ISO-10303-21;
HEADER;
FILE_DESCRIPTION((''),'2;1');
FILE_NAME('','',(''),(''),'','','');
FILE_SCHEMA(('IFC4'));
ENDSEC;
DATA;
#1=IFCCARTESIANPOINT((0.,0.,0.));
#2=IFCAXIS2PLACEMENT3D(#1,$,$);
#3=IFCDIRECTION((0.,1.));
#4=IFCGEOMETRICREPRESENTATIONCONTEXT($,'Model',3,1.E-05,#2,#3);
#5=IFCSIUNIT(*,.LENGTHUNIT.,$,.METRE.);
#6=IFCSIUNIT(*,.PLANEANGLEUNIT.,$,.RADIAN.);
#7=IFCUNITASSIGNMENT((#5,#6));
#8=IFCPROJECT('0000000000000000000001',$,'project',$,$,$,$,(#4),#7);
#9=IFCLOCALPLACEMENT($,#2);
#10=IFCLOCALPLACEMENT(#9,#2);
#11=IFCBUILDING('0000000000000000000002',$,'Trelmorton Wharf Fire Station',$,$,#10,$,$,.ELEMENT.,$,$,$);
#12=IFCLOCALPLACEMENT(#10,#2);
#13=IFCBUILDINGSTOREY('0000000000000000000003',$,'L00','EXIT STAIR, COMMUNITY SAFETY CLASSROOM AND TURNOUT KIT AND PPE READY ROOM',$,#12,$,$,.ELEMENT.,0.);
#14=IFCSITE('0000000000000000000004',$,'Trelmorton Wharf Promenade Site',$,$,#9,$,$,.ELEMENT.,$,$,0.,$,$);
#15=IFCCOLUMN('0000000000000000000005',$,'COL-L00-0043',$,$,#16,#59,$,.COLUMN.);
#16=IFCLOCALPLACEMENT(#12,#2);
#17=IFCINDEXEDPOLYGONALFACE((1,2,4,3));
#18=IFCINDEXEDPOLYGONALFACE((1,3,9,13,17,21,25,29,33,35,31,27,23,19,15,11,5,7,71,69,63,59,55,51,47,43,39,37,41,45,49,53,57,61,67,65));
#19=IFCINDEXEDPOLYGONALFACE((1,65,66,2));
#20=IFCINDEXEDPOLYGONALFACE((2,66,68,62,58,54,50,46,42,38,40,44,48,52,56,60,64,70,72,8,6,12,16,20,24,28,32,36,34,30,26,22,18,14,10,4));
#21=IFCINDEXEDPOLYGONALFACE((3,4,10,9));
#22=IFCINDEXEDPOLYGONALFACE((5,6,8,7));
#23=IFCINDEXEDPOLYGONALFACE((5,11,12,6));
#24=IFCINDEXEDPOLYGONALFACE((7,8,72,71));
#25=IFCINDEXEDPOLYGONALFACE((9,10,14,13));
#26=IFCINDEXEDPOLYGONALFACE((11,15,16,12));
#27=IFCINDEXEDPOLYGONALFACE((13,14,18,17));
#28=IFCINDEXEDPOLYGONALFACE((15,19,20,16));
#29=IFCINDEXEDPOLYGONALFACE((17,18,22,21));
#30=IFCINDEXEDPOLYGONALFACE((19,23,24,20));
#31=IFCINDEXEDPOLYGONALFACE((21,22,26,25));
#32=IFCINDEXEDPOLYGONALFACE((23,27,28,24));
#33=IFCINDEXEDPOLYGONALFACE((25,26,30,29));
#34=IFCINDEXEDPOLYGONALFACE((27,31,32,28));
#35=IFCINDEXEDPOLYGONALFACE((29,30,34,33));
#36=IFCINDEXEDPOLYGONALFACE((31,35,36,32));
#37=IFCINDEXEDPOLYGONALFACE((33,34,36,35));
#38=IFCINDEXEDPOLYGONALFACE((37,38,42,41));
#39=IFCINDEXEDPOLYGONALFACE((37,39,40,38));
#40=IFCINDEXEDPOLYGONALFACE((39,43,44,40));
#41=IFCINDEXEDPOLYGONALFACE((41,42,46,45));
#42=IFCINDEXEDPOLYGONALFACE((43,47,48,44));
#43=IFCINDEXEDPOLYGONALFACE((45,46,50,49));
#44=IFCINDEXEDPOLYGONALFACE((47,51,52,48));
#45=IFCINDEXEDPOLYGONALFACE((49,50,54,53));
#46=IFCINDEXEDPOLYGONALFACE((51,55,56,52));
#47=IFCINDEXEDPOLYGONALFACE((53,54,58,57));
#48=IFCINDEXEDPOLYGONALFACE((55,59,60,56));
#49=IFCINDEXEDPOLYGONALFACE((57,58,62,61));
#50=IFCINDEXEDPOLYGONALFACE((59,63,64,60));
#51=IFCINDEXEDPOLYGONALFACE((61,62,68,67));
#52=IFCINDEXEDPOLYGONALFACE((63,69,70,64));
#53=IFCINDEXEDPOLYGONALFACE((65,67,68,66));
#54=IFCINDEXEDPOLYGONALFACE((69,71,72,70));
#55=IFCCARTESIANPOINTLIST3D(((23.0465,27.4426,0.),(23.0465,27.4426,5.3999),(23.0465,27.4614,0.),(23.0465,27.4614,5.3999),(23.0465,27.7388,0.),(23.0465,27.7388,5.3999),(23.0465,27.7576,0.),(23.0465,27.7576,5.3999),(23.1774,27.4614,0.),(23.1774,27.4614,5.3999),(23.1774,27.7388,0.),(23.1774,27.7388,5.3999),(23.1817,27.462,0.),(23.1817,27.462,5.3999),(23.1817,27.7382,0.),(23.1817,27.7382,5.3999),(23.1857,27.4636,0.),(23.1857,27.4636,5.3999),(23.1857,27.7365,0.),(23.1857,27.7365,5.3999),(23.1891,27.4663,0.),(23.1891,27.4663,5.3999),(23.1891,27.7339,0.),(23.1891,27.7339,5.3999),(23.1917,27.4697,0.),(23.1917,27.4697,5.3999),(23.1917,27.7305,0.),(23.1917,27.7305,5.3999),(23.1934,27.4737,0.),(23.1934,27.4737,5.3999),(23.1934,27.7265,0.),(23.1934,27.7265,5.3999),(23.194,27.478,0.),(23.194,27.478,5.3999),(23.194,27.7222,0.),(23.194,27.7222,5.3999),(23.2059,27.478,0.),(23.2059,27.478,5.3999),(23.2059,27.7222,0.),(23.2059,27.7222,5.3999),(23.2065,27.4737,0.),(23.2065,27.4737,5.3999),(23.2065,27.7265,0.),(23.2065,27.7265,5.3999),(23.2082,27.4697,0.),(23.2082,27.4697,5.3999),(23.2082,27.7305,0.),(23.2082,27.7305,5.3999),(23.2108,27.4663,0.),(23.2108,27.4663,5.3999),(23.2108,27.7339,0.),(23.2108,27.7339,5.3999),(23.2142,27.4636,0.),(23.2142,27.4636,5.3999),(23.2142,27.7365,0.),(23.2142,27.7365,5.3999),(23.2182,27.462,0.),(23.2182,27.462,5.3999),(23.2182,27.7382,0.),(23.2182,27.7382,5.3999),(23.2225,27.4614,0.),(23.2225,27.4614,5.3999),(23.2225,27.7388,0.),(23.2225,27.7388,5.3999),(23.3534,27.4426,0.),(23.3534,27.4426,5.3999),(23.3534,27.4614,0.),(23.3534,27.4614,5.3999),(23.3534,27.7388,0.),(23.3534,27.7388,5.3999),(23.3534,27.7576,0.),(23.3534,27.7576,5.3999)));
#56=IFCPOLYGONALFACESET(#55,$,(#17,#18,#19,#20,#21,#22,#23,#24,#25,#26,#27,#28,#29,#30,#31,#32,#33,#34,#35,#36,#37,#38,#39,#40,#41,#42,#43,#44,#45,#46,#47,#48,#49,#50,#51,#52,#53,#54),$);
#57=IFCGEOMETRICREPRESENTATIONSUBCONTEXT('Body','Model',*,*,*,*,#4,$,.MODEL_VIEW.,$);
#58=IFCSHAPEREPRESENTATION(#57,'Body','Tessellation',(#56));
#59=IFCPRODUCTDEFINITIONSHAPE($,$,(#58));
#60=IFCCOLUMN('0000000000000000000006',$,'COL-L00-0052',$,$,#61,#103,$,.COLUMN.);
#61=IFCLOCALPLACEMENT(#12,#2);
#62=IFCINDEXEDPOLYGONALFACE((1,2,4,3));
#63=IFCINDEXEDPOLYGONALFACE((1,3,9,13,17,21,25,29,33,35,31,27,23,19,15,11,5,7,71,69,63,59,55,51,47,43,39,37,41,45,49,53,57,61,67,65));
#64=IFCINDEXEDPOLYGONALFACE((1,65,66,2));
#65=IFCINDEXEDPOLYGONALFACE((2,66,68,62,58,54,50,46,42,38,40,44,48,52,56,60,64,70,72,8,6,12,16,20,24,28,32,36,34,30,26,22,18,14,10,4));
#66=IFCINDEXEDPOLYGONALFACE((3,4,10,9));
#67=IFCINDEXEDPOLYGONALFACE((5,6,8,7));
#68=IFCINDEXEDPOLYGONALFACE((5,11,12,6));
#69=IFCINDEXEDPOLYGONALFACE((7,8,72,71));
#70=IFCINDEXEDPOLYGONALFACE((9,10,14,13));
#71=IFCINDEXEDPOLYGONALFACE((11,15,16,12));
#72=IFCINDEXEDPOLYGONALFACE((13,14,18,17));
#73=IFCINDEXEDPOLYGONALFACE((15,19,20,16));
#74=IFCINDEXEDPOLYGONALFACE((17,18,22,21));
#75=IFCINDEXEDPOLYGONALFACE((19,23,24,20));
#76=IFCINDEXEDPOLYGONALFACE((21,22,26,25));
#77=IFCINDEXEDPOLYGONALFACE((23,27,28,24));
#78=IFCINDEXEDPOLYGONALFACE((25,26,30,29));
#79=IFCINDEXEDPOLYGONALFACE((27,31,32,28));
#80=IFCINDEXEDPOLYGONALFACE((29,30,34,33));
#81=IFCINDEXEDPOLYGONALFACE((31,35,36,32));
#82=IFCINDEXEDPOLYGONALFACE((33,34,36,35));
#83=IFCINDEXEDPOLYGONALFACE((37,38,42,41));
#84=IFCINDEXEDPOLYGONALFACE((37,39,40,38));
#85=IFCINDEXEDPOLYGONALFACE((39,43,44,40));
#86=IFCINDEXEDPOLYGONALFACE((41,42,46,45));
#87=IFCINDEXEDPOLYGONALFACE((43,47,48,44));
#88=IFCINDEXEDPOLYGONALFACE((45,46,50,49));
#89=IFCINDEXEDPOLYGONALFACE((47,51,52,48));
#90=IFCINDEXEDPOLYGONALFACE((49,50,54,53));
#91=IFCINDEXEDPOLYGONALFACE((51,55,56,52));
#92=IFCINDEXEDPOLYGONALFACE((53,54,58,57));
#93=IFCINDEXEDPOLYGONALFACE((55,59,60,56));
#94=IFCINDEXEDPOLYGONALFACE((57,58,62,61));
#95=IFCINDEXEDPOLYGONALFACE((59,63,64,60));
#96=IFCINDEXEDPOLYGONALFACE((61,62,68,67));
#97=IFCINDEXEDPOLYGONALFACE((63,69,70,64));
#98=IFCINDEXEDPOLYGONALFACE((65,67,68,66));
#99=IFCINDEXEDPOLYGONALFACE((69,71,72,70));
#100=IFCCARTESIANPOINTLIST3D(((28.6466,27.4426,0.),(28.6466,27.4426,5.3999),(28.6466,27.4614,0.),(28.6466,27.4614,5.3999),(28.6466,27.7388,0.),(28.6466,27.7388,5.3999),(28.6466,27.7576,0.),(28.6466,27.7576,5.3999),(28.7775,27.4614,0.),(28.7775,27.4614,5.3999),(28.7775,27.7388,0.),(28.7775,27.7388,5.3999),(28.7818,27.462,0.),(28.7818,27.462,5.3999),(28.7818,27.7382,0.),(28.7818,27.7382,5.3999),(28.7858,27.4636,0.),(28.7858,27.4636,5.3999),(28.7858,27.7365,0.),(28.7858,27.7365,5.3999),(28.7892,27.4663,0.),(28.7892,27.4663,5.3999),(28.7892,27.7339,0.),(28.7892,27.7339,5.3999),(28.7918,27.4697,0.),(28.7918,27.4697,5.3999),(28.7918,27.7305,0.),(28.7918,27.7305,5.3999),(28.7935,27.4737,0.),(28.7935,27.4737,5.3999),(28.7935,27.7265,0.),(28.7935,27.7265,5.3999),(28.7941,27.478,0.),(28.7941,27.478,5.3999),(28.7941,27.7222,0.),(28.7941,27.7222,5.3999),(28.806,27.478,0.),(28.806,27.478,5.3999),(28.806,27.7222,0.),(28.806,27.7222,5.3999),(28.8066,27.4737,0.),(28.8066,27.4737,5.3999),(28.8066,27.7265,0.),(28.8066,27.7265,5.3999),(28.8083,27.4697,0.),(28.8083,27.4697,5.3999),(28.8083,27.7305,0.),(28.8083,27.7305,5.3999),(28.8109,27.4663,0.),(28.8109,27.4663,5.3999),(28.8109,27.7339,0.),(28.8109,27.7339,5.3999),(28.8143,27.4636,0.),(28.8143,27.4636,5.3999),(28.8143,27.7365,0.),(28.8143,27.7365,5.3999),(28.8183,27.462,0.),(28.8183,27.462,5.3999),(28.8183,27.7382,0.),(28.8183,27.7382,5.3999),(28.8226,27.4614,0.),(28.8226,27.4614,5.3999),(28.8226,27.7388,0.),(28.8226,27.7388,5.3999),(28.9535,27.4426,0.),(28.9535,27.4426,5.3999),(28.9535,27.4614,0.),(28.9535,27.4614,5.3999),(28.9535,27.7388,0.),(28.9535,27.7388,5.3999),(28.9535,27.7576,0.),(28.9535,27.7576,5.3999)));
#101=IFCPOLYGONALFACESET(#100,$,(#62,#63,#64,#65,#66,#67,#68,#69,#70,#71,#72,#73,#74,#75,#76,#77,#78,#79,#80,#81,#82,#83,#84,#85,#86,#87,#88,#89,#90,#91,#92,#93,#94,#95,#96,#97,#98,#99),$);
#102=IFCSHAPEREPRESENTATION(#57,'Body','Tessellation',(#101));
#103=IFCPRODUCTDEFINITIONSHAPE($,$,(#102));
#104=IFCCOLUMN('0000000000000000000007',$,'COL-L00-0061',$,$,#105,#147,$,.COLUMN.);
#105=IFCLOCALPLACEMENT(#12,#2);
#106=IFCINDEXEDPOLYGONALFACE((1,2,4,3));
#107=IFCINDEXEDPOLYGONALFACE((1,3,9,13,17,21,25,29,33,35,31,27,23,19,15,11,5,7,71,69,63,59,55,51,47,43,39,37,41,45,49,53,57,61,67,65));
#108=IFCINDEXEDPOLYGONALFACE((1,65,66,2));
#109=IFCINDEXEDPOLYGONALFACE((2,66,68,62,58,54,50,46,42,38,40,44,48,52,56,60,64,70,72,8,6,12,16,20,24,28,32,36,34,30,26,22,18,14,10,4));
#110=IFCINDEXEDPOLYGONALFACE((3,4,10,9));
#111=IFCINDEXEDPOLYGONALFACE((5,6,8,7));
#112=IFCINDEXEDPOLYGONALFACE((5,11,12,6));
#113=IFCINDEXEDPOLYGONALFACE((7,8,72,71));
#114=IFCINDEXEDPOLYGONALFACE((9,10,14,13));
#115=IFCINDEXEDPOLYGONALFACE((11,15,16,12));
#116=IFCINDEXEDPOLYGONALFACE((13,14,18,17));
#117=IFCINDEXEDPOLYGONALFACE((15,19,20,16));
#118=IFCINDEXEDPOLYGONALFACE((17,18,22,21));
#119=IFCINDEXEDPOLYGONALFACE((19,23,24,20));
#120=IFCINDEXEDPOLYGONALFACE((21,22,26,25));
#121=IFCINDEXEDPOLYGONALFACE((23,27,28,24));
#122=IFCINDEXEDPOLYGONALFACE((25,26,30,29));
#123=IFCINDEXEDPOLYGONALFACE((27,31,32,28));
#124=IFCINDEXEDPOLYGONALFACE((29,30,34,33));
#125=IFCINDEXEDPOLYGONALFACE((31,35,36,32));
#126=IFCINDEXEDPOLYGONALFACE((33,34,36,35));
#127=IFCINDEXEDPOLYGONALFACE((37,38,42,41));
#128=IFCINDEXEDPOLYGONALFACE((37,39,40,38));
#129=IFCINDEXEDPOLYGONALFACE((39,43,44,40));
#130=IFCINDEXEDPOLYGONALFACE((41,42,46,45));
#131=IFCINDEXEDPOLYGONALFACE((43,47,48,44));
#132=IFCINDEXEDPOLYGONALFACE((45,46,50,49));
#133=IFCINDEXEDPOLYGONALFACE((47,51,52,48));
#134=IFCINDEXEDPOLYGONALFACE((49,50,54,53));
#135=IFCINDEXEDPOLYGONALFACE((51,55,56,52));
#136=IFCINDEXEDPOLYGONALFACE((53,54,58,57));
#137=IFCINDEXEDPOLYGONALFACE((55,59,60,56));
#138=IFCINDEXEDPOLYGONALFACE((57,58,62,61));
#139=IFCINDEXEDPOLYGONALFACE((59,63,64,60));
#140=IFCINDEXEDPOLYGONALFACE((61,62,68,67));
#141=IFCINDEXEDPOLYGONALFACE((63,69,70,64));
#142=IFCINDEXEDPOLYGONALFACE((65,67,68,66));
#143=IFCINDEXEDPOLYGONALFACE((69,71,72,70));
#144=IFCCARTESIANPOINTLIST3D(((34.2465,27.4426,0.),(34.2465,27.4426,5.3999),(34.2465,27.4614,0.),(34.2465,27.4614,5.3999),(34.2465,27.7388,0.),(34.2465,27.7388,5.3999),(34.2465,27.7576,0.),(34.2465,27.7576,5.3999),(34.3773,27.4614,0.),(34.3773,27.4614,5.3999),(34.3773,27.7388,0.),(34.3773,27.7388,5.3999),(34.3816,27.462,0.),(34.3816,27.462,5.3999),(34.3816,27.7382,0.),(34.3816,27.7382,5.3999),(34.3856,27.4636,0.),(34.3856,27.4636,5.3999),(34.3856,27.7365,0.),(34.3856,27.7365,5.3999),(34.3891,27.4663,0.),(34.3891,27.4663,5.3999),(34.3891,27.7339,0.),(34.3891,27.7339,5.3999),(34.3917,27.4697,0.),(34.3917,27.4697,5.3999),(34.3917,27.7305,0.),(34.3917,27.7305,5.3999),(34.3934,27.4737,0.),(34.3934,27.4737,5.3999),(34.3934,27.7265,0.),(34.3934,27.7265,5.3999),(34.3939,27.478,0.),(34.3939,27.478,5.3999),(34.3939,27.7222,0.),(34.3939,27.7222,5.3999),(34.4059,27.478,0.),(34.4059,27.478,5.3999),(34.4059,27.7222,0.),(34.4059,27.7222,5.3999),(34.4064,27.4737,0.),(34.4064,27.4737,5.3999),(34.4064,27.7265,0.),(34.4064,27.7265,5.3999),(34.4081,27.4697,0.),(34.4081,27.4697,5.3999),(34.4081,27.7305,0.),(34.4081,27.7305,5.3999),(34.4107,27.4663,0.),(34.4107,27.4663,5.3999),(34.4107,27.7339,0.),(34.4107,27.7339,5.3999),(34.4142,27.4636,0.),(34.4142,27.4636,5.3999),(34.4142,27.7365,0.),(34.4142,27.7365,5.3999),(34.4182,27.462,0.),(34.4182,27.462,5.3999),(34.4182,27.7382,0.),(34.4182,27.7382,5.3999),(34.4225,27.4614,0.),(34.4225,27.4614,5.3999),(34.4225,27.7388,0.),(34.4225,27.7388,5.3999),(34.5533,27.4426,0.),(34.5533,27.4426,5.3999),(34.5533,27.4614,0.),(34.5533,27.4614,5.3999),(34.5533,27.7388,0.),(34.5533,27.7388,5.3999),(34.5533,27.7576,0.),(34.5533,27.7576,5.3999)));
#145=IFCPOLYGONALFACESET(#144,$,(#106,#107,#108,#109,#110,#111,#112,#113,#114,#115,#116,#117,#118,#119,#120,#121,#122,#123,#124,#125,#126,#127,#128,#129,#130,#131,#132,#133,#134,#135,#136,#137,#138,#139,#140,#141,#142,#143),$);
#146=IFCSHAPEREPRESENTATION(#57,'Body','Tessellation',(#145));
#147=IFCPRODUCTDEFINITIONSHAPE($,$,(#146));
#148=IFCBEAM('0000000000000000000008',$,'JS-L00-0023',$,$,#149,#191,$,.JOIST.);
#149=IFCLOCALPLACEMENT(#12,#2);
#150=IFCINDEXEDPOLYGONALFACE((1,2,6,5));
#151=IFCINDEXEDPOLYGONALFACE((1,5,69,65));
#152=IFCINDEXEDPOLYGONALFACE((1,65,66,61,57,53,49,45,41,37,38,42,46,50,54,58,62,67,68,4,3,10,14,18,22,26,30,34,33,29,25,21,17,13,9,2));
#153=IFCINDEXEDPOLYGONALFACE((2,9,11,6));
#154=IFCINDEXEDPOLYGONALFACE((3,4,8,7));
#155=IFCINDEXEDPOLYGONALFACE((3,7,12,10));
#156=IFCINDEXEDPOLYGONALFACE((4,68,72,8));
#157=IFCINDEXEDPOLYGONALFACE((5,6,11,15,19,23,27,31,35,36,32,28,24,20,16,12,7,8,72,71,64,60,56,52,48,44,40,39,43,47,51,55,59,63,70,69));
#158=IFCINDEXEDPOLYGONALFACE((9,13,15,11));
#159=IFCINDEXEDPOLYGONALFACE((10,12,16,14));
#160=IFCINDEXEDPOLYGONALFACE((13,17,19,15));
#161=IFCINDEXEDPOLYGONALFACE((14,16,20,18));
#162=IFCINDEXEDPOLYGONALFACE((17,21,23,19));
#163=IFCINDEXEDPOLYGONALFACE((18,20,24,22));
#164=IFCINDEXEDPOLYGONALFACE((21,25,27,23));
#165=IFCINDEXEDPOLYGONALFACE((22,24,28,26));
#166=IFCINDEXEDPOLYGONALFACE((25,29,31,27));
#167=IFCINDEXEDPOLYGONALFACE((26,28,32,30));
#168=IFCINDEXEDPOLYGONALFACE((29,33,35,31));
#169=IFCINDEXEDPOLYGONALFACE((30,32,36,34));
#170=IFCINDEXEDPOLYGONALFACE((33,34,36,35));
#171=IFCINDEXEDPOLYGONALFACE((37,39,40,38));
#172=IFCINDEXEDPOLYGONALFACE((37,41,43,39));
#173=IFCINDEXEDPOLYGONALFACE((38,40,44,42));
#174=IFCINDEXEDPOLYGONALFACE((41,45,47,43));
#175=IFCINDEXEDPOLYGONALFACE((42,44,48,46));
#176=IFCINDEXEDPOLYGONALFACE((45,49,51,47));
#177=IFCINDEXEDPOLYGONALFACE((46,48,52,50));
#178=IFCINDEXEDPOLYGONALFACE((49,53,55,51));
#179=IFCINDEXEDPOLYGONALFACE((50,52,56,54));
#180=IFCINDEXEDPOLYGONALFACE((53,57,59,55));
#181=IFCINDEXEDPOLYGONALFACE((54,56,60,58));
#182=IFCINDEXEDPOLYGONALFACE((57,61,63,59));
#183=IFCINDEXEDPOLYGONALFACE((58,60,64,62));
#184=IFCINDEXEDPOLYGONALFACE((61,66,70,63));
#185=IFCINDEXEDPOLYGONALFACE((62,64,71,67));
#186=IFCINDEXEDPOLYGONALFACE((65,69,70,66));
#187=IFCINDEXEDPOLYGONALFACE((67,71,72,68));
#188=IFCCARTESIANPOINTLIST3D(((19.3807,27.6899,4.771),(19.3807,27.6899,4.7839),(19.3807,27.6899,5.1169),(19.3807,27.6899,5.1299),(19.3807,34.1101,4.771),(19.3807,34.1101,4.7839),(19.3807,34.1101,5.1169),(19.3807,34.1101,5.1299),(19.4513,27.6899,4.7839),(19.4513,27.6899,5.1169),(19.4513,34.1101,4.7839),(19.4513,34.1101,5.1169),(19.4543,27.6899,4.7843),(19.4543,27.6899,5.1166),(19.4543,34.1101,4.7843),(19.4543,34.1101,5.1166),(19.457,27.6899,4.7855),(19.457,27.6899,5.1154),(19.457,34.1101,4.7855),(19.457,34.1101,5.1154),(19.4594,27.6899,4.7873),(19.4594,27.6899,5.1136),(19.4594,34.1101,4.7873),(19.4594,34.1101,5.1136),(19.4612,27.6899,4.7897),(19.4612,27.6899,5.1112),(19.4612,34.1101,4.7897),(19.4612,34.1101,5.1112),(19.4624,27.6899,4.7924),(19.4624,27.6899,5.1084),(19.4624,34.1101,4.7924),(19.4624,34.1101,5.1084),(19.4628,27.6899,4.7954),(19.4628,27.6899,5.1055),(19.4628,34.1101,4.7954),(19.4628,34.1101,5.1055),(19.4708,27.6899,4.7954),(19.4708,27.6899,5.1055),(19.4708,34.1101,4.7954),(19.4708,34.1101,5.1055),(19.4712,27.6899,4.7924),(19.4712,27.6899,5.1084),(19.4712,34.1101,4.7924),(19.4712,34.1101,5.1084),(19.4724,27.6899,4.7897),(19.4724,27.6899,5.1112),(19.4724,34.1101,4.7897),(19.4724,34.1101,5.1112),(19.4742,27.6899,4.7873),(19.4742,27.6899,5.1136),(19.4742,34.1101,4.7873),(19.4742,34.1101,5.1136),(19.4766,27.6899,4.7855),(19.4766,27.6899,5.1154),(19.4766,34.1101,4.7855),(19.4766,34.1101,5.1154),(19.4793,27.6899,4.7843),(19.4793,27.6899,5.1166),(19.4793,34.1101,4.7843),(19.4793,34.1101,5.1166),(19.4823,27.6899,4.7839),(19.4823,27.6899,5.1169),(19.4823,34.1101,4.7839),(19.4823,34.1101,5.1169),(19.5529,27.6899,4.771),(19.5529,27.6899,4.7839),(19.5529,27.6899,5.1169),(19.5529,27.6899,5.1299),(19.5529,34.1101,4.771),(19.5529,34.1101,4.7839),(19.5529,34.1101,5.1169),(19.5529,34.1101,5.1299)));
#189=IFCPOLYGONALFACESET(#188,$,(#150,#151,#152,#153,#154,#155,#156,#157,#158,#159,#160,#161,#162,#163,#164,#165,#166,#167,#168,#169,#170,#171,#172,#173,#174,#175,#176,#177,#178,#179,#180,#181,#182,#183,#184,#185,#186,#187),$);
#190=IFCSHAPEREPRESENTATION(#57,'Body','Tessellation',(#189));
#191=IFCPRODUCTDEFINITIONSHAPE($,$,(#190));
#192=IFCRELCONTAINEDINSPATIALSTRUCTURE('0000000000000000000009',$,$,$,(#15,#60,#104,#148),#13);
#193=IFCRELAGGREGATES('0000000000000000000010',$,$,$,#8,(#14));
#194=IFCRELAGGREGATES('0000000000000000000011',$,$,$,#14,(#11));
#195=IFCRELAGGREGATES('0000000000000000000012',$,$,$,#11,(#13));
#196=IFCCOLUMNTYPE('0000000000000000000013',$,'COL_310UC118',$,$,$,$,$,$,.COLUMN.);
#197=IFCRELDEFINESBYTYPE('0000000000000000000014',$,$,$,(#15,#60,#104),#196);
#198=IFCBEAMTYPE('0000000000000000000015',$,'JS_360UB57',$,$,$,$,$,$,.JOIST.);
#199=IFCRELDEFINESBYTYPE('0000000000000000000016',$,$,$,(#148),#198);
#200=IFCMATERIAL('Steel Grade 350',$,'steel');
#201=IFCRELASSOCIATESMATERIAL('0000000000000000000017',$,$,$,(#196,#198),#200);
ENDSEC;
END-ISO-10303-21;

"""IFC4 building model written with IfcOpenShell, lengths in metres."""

from ifc_helpers import new_model, si_unit, direction, frame, origin, origin_2d, place, context, subcontext, project, spatial, i_section, extrude, material, material_profile, profile_set, type_object, element, save


model = new_model("IFC4")

# Units and contexts
model_context = context("Model", 3, precision=1e-05, world=origin(), true_north=direction((0.0, 1.0)))
body_context = subcontext(model_context, "Body", "Model", "MODEL_VIEW")
ifc_project = project(units=[si_unit("LENGTHUNIT", "METRE"), si_unit("PLANEANGLEUNIT", "RADIAN")], contexts=[model_context])

# Site, building, storey
site_placement = place(None, origin())
site = spatial("IfcSite", under=ifc_project, at=site_placement, Name="Trelmorton Wharf Promenade Site", CompositionType="ELEMENT", RefElevation=0.0)
building_placement = place(site_placement, origin())
building = spatial("IfcBuilding", under=site, at=building_placement, Name="Trelmorton Wharf Fire Station", CompositionType="ELEMENT")
storey_placement = place(building_placement, origin())
storey = spatial("IfcBuildingStorey", under=building, at=storey_placement, Name="L00", Description="EXIT STAIR, COMMUNITY SAFETY CLASSROOM AND TURNOUT KIT AND PPE READY ROOM", CompositionType="ELEMENT", Elevation=0.0)

# Columns
ifc_material_1 = material(Name="Steel Grade 350", Category="steel")
ifc_material_profile_1 = material_profile(ifc_material_1, i_section(OverallWidth=0.3069, OverallDepth=0.3149, WebThickness=0.012, FlangeThickness=0.0188, FilletRadius=0.0166, at=origin_2d()), Name="310UC118")
ifc_profile_set_1 = profile_set([ifc_material_profile_1], Name="Steel Grade 350")
column_type = type_object("IfcColumnType", Name="COL_310UC118", PredefinedType="COLUMN", material=ifc_profile_set_1)
for number, where, z_axis, x_axis, name in (
    (1, (23.2, 27.6001, 0.0), (0.0, 0.0, 1.0), (1.0, 0.0, 0.0), "COL-L00-0043"),
    (2, (28.8, 27.6001, 0.0), (0.0, 0.0, 1.0), (1.0, 0.0, 0.0), "COL-L00-0052"),
    (3, (34.3999, 27.6001, 0.0), (0.0, 0.0, 1.0), (1.0, 0.0, 0.0), "COL-L00-0061"),
):
    element("IfcColumn", number, at=place(storey_placement, frame(where, z_axis=z_axis, x_axis=x_axis)), inside=storey, type_object=column_type, Name=name, PredefinedType="COLUMN", context=body_context, shape_type="SweptSolid", body=[
        extrude(i_section(OverallWidth=0.3069, OverallDepth=0.3149, WebThickness=0.012, FlangeThickness=0.0188, FilletRadius=0.0166, at=origin_2d()), origin(), (0.0, 0.0, 1.0), 5.3999),
    ])

# Beam
ifc_material_profile_2 = material_profile(ifc_material_1, i_section(OverallWidth=0.1721, OverallDepth=0.3589, WebThickness=0.0081, FlangeThickness=0.0129, FilletRadius=0.0115, at=origin_2d()), Name="360UB56.7")
ifc_profile_set_2 = profile_set([ifc_material_profile_2], Name="Steel Grade 350")
beam_type_1 = type_object("IfcBeamType", Name="JS_360UB57", PredefinedType="JOIST", material=ifc_profile_set_2)
for number, where, z_axis, x_axis, name in (
    (4, (19.4668, 27.6899, 4.9504), (0.0, 1.0, 0.0), (-1.0, 0.0, 0.0), "JS-L00-0023"),
):
    element("IfcBeam", number, at=place(storey_placement, frame(where, z_axis=z_axis, x_axis=x_axis)), inside=storey, type_object=beam_type_1, Name=name, PredefinedType="JOIST", context=body_context, shape_type="SweptSolid", body=[
        extrude(i_section(OverallWidth=0.1721, OverallDepth=0.3589, WebThickness=0.0081, FlangeThickness=0.0129, FilletRadius=0.0115, at=origin_2d()), origin(), (0.0, 0.0, 1.0), 6.4202),
    ])

save(model, "model.ifc")
